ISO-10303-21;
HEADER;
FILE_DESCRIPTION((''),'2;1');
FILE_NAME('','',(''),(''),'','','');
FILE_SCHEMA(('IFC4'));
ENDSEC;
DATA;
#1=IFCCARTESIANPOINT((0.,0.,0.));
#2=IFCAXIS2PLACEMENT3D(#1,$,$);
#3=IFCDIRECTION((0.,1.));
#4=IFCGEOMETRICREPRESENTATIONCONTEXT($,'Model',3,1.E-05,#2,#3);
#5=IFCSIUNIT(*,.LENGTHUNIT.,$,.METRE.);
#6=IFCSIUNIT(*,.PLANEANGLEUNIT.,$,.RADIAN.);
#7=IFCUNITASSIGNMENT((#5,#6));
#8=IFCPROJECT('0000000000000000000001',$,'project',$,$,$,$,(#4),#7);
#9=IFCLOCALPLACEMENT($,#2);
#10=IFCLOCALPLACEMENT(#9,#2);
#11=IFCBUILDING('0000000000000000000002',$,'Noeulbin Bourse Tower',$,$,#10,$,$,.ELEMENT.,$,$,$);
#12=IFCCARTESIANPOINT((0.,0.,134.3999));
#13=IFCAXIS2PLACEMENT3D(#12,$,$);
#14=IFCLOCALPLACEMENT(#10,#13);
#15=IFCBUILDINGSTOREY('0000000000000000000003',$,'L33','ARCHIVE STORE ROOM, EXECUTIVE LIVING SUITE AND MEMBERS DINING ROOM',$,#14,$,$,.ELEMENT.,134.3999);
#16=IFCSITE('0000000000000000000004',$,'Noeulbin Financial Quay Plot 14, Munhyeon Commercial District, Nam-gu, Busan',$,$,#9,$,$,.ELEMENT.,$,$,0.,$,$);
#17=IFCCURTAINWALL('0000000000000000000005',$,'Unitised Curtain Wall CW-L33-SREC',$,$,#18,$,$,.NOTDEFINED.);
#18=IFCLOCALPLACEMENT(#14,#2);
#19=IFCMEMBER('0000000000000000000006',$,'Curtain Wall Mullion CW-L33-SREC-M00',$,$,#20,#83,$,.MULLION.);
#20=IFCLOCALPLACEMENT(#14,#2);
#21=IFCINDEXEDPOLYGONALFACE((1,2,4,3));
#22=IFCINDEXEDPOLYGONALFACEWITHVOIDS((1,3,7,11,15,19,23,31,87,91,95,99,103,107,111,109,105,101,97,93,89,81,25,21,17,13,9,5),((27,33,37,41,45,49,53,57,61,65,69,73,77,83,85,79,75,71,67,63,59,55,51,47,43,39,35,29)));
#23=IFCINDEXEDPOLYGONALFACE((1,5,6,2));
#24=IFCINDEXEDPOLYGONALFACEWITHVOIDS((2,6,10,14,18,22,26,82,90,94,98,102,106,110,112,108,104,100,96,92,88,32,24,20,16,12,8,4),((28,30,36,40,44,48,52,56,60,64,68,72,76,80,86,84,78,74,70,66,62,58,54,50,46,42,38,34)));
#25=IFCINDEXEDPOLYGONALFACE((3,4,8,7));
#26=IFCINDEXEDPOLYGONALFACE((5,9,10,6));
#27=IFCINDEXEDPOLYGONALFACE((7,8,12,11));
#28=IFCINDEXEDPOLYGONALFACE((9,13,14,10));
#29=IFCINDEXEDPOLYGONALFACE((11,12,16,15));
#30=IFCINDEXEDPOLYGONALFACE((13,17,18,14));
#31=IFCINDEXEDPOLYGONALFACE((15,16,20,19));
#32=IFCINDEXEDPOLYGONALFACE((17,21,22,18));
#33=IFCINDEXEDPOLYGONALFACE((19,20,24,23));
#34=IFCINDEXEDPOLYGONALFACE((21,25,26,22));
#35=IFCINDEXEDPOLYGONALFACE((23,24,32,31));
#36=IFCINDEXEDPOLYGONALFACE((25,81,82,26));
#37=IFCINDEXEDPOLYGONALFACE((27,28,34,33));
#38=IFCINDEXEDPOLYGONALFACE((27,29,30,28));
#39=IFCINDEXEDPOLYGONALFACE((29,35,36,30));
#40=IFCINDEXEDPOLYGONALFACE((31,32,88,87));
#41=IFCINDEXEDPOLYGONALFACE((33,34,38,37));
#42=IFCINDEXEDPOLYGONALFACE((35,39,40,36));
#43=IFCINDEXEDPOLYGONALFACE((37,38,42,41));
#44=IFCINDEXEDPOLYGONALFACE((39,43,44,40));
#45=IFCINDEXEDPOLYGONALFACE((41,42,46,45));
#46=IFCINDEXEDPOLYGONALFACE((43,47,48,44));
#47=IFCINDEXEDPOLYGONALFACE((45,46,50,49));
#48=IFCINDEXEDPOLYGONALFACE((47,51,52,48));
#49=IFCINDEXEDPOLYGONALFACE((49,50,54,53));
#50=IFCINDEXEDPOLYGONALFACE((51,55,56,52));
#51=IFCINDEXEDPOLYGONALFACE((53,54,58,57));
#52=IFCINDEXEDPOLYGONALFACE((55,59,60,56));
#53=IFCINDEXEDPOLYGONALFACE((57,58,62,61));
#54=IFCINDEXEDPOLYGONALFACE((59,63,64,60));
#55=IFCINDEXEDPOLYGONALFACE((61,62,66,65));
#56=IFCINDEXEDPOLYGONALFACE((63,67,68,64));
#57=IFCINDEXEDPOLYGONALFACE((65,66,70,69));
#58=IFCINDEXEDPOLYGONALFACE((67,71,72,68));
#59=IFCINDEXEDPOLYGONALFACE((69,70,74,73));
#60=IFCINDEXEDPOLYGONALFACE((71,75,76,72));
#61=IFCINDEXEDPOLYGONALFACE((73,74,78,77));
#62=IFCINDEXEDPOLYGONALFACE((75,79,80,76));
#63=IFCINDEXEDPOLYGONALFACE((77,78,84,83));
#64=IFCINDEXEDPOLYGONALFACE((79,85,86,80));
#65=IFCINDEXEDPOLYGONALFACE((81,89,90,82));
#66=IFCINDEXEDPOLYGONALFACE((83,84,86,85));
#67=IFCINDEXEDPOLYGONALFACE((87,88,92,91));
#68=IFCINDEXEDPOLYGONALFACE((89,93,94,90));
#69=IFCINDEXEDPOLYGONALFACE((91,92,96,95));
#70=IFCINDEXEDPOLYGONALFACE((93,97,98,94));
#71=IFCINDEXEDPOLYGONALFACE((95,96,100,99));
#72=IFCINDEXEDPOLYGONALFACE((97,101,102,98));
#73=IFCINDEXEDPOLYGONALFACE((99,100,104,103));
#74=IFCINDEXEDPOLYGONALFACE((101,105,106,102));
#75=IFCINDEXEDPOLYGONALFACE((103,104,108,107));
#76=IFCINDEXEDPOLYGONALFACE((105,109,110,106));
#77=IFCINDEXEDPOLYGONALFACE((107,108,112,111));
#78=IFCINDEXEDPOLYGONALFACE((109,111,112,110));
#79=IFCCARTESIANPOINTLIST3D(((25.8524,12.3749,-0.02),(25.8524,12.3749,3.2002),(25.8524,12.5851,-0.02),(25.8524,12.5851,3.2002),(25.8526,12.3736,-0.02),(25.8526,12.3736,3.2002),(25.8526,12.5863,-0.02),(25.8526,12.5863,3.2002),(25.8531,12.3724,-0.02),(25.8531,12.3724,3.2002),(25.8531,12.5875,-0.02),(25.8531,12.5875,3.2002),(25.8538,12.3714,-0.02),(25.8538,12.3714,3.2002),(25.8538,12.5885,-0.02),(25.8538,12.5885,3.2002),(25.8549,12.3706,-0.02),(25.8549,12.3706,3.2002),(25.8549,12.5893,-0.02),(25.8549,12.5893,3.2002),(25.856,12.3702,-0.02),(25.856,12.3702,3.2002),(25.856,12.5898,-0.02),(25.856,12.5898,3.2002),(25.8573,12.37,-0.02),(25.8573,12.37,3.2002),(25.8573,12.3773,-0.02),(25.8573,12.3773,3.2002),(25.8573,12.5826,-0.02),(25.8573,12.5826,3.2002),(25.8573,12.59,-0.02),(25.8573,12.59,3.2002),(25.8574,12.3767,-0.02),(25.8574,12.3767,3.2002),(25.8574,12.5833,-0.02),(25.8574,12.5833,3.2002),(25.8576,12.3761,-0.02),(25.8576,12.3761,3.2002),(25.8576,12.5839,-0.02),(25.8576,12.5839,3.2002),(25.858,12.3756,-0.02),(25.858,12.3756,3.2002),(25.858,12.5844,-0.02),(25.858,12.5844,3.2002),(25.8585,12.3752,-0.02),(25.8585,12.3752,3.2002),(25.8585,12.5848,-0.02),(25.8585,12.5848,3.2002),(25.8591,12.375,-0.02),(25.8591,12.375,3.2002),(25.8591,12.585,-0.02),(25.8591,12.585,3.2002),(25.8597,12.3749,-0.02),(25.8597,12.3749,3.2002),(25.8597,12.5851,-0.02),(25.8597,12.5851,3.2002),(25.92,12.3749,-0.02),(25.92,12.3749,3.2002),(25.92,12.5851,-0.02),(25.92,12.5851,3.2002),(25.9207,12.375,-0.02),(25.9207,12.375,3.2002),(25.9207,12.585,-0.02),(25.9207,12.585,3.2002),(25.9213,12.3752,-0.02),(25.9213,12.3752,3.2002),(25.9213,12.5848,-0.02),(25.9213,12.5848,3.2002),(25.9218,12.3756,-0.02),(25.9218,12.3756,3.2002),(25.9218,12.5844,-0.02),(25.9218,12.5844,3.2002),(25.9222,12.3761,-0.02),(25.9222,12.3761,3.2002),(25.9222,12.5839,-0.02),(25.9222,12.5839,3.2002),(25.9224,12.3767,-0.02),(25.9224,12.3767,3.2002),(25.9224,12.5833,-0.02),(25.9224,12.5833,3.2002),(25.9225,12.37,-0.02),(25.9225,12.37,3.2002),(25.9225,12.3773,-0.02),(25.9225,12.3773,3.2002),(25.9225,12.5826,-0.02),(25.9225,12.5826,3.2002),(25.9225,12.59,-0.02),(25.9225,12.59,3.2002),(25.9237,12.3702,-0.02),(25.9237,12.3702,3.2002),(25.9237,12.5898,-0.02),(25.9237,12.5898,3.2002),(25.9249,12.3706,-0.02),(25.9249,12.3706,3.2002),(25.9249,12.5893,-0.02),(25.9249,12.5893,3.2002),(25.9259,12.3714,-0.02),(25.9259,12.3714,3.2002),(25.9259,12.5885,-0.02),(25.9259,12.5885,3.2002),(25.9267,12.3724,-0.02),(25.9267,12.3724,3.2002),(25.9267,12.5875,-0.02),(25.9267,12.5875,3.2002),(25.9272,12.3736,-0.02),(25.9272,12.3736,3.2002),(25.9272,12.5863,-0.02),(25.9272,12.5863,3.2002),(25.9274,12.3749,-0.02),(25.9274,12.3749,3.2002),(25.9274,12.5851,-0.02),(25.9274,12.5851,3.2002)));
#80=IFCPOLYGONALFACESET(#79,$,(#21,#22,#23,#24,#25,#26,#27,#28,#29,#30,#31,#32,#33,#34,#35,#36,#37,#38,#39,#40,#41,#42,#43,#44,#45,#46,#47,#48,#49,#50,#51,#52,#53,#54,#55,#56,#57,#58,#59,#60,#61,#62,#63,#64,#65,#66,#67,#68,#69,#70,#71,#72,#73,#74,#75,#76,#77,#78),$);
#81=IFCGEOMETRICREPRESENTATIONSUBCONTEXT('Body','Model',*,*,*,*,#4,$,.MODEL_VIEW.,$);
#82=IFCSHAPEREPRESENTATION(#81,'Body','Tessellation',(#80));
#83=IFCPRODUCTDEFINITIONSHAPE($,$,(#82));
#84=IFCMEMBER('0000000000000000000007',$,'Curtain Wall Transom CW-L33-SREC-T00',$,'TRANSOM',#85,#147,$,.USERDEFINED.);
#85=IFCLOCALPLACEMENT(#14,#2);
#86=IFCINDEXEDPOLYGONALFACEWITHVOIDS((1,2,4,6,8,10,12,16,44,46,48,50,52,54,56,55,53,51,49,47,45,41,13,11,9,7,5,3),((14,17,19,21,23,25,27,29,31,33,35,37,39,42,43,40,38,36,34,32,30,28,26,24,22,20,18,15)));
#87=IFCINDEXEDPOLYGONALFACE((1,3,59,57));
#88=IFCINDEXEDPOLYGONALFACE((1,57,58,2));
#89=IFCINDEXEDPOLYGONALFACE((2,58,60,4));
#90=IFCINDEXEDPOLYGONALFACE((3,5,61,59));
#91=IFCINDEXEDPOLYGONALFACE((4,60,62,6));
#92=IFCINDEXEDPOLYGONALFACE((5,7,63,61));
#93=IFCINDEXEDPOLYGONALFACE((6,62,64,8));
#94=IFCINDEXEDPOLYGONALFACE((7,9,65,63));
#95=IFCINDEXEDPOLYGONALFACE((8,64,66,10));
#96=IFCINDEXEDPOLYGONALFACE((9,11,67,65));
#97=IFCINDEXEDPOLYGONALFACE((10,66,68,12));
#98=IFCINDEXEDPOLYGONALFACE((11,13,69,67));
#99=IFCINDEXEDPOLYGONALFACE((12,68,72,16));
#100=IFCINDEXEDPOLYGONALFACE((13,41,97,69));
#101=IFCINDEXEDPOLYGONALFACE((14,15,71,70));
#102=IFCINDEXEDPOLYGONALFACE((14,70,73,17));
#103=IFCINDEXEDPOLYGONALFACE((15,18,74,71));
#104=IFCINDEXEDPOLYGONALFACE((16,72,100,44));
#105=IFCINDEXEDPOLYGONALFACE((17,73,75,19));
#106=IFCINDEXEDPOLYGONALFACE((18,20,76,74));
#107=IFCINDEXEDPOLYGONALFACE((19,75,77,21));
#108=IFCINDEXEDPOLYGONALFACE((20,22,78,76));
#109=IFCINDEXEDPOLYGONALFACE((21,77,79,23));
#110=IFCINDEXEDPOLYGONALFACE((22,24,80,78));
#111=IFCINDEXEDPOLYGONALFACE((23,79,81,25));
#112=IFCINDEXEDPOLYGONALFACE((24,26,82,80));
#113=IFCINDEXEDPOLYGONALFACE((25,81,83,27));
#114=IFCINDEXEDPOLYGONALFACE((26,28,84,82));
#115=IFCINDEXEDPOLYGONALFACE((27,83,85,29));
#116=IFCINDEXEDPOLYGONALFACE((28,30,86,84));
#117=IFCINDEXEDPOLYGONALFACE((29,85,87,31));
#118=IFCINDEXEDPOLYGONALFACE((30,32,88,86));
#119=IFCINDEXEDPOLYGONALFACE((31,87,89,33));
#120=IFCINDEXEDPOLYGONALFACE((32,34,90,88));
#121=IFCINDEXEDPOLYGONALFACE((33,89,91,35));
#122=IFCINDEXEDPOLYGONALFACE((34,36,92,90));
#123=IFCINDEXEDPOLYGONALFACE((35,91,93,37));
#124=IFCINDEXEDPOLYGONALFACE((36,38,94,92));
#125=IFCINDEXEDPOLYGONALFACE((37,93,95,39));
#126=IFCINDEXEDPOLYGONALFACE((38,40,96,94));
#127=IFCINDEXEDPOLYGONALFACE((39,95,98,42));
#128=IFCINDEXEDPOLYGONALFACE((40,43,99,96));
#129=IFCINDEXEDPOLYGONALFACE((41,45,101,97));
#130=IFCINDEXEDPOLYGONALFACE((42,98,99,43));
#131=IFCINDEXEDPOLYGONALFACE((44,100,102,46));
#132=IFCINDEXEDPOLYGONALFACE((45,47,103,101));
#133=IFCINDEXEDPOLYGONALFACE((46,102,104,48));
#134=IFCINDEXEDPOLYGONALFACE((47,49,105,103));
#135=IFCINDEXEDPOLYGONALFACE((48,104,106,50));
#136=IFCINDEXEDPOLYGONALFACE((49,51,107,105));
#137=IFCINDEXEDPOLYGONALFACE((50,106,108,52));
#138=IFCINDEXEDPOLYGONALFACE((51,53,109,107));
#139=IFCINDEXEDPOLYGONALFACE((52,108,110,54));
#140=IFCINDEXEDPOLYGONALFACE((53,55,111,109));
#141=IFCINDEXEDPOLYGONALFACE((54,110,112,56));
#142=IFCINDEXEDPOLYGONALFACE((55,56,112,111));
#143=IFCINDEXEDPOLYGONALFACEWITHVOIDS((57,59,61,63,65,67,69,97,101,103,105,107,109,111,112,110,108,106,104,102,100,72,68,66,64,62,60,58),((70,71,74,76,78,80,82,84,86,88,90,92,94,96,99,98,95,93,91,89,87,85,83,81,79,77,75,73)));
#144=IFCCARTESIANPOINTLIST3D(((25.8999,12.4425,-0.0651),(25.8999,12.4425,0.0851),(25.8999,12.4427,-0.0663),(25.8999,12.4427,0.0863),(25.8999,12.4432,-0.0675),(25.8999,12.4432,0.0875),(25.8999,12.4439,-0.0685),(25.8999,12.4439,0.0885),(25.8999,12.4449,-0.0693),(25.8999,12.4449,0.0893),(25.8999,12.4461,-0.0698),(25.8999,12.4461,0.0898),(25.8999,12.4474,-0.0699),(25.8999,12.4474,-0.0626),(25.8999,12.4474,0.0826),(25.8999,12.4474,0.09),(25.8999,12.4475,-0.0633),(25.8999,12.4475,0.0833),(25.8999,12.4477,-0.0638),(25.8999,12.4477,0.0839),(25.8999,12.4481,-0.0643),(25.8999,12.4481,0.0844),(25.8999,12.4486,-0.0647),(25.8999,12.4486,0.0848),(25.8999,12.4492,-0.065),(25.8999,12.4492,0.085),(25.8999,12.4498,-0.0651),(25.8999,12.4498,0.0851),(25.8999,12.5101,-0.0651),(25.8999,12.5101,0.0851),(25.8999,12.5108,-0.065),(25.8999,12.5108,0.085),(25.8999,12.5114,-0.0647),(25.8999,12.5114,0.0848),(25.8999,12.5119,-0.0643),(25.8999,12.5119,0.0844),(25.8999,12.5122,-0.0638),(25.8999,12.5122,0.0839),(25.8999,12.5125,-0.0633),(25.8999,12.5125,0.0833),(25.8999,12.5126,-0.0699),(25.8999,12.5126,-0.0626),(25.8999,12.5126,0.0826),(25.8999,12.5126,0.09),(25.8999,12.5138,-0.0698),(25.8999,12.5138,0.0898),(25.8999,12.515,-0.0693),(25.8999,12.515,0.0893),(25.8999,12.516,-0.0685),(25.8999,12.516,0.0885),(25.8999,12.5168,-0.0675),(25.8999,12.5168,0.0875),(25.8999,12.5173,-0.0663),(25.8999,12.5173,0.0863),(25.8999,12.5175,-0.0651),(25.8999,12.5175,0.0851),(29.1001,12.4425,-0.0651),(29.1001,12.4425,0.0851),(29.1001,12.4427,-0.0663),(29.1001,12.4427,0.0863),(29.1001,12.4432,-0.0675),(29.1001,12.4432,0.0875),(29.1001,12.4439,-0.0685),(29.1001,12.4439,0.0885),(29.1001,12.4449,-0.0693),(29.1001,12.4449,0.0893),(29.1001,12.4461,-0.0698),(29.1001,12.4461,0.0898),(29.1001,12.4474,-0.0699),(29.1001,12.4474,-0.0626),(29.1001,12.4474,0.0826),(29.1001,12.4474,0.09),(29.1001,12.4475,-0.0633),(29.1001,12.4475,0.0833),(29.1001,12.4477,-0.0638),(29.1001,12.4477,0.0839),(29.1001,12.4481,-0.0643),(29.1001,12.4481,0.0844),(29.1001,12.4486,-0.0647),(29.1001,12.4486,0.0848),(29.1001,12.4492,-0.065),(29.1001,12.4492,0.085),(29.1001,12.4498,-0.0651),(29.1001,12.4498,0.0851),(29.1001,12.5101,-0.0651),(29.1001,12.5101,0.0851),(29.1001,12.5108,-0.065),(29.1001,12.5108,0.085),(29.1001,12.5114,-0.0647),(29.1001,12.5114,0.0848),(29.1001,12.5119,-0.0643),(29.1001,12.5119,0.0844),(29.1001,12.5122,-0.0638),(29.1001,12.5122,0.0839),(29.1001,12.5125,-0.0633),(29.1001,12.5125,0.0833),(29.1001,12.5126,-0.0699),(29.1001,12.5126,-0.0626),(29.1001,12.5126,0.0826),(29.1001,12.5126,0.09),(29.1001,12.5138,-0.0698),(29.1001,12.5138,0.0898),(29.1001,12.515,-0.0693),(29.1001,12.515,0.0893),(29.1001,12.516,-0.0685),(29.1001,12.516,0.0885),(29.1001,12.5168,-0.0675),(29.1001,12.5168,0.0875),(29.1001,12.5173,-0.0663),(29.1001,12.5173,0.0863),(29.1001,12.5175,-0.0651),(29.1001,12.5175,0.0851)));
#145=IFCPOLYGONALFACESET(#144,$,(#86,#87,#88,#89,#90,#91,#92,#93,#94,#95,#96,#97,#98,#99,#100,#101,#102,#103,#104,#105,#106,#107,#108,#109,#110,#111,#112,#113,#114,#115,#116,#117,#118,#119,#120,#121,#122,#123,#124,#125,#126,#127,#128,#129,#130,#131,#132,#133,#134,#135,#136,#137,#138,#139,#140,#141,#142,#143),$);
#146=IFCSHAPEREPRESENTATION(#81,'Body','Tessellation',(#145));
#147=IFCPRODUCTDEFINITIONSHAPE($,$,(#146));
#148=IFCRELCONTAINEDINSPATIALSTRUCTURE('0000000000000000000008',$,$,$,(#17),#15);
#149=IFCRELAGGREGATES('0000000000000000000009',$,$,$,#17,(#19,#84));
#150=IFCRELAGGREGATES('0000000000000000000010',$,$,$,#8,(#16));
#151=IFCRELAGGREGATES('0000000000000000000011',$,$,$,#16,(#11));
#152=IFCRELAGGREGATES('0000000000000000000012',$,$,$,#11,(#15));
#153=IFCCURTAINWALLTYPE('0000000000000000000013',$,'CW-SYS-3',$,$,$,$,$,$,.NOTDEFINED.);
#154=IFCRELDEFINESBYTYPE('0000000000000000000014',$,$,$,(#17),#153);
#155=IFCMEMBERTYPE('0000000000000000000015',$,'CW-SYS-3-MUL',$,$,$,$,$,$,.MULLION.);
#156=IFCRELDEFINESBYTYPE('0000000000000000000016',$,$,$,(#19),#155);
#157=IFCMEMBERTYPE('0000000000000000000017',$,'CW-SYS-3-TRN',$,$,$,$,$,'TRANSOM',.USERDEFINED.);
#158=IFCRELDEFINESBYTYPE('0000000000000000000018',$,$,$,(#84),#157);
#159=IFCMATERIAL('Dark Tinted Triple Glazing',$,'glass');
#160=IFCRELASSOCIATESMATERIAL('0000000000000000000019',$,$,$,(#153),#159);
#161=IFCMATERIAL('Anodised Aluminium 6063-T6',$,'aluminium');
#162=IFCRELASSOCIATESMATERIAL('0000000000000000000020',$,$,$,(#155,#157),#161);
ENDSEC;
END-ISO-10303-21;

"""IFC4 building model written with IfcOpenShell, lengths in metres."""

from ifc_helpers import new_model, si_unit, direction, frame, origin, origin_2d, place, context, subcontext, project, spatial, hollow_rectangle, extrude, material, material_profile, profile_set, type_object, element, aggregate, save


model = new_model("IFC4")

# Units and contexts
model_context = context("Model", 3, precision=1e-05, world=origin(), true_north=direction((0.0, 1.0)))
body_context = subcontext(model_context, "Body", "Model", "MODEL_VIEW")
ifc_project = project(units=[si_unit("LENGTHUNIT", "METRE"), si_unit("PLANEANGLEUNIT", "RADIAN")], contexts=[model_context])

# Site, building, storey
site_placement = place(None, origin())
site = spatial("IfcSite", under=ifc_project, at=site_placement, Name="Noeulbin Financial Quay Plot 14, Munhyeon Commercial District, Nam-gu, Busan", CompositionType="ELEMENT", RefElevation=0.0)
building_placement = place(site_placement, origin())
building = spatial("IfcBuilding", under=site, at=building_placement, Name="Noeulbin Bourse Tower", CompositionType="ELEMENT")
storey_placement = place(building_placement, frame((0.0, 0.0, 134.3999)))
storey = spatial("IfcBuildingStorey", under=building, at=storey_placement, Name="L33", Description="ARCHIVE STORE ROOM, EXECUTIVE LIVING SUITE AND MEMBERS DINING ROOM", CompositionType="ELEMENT", Elevation=134.3999)

# Curtain wall, members
ifc_material_1 = material(Name="Dark Tinted Triple Glazing", Category="glass")
curtain_wall_type = type_object("IfcCurtainWallType", Name="CW-SYS-3", PredefinedType="NOTDEFINED", material=ifc_material_1)
curtain_wall_placement = place(storey_placement, origin())
curtain_wall = element("IfcCurtainWall", 1, at=curtain_wall_placement, inside=storey, type_object=curtain_wall_type, Name="Unitised Curtain Wall CW-L33-SREC", PredefinedType="NOTDEFINED")
ifc_material_2 = material(Name="Anodised Aluminium 6063-T6", Category="aluminium")
ifc_material_profile_1 = material_profile(ifc_material_2, hollow_rectangle(XDim=0.075, YDim=0.22, WallThickness=0.0049, InnerFilletRadius=0.0024, OuterFilletRadius=0.0049, at=origin_2d()), Name="ALU-MULL-75x220x5", Category="LoadBearing")
ifc_profile_set_1 = profile_set([ifc_material_profile_1], Name="Anodised Aluminium 6063-T6")
member_type_1 = type_object("IfcMemberType", Name="CW-SYS-3-MUL", PredefinedType="MULLION", material=ifc_profile_set_1)
member_1_placement = place(storey_placement, frame((25.8899, 12.48, -0.02), z_axis=(0.0, 0.0, 1.0), x_axis=(1.0, 0.0, 0.0)))
member_1 = element("IfcMember", 2, at=member_1_placement, type_object=member_type_1, Name="Curtain Wall Mullion CW-L33-SREC-M00", PredefinedType="MULLION", context=body_context, shape_type="SweptSolid", body=[
    extrude(hollow_rectangle(XDim=0.075, YDim=0.22, WallThickness=0.0049, InnerFilletRadius=0.0024, OuterFilletRadius=0.0049, at=origin_2d()), origin(), (0.0, 0.0, 1.0), 3.2202),
])
ifc_material_profile_2 = material_profile(ifc_material_2, hollow_rectangle(XDim=0.075, YDim=0.1599, WallThickness=0.0049, InnerFilletRadius=0.0024, OuterFilletRadius=0.0049, at=origin_2d()), Name="ALU-TRAN-75x160x5", Category="LoadBearing")
ifc_profile_set_2 = profile_set([ifc_material_profile_2], Name="Anodised Aluminium 6063-T6")
member_type_2 = type_object("IfcMemberType", Name="CW-SYS-3-TRN", ElementType="TRANSOM", PredefinedType="USERDEFINED", material=ifc_profile_set_2)
member_2_placement = place(storey_placement, frame((25.8999, 12.48, 0.01), z_axis=(1.0, 0.0, 0.0), x_axis=(0.0, 1.0, 0.0)))
member_2 = element("IfcMember", 3, at=member_2_placement, type_object=member_type_2, Name="Curtain Wall Transom CW-L33-SREC-T00", ObjectType="TRANSOM", PredefinedType="USERDEFINED", context=body_context, shape_type="SweptSolid", body=[
    extrude(hollow_rectangle(XDim=0.075, YDim=0.1599, WallThickness=0.0049, InnerFilletRadius=0.0024, OuterFilletRadius=0.0049, at=origin_2d()), origin(), (0.0, 0.0, 1.0), 3.2002),
])
aggregate(curtain_wall, [member_1, member_2])

save(model, "model.ifc")
